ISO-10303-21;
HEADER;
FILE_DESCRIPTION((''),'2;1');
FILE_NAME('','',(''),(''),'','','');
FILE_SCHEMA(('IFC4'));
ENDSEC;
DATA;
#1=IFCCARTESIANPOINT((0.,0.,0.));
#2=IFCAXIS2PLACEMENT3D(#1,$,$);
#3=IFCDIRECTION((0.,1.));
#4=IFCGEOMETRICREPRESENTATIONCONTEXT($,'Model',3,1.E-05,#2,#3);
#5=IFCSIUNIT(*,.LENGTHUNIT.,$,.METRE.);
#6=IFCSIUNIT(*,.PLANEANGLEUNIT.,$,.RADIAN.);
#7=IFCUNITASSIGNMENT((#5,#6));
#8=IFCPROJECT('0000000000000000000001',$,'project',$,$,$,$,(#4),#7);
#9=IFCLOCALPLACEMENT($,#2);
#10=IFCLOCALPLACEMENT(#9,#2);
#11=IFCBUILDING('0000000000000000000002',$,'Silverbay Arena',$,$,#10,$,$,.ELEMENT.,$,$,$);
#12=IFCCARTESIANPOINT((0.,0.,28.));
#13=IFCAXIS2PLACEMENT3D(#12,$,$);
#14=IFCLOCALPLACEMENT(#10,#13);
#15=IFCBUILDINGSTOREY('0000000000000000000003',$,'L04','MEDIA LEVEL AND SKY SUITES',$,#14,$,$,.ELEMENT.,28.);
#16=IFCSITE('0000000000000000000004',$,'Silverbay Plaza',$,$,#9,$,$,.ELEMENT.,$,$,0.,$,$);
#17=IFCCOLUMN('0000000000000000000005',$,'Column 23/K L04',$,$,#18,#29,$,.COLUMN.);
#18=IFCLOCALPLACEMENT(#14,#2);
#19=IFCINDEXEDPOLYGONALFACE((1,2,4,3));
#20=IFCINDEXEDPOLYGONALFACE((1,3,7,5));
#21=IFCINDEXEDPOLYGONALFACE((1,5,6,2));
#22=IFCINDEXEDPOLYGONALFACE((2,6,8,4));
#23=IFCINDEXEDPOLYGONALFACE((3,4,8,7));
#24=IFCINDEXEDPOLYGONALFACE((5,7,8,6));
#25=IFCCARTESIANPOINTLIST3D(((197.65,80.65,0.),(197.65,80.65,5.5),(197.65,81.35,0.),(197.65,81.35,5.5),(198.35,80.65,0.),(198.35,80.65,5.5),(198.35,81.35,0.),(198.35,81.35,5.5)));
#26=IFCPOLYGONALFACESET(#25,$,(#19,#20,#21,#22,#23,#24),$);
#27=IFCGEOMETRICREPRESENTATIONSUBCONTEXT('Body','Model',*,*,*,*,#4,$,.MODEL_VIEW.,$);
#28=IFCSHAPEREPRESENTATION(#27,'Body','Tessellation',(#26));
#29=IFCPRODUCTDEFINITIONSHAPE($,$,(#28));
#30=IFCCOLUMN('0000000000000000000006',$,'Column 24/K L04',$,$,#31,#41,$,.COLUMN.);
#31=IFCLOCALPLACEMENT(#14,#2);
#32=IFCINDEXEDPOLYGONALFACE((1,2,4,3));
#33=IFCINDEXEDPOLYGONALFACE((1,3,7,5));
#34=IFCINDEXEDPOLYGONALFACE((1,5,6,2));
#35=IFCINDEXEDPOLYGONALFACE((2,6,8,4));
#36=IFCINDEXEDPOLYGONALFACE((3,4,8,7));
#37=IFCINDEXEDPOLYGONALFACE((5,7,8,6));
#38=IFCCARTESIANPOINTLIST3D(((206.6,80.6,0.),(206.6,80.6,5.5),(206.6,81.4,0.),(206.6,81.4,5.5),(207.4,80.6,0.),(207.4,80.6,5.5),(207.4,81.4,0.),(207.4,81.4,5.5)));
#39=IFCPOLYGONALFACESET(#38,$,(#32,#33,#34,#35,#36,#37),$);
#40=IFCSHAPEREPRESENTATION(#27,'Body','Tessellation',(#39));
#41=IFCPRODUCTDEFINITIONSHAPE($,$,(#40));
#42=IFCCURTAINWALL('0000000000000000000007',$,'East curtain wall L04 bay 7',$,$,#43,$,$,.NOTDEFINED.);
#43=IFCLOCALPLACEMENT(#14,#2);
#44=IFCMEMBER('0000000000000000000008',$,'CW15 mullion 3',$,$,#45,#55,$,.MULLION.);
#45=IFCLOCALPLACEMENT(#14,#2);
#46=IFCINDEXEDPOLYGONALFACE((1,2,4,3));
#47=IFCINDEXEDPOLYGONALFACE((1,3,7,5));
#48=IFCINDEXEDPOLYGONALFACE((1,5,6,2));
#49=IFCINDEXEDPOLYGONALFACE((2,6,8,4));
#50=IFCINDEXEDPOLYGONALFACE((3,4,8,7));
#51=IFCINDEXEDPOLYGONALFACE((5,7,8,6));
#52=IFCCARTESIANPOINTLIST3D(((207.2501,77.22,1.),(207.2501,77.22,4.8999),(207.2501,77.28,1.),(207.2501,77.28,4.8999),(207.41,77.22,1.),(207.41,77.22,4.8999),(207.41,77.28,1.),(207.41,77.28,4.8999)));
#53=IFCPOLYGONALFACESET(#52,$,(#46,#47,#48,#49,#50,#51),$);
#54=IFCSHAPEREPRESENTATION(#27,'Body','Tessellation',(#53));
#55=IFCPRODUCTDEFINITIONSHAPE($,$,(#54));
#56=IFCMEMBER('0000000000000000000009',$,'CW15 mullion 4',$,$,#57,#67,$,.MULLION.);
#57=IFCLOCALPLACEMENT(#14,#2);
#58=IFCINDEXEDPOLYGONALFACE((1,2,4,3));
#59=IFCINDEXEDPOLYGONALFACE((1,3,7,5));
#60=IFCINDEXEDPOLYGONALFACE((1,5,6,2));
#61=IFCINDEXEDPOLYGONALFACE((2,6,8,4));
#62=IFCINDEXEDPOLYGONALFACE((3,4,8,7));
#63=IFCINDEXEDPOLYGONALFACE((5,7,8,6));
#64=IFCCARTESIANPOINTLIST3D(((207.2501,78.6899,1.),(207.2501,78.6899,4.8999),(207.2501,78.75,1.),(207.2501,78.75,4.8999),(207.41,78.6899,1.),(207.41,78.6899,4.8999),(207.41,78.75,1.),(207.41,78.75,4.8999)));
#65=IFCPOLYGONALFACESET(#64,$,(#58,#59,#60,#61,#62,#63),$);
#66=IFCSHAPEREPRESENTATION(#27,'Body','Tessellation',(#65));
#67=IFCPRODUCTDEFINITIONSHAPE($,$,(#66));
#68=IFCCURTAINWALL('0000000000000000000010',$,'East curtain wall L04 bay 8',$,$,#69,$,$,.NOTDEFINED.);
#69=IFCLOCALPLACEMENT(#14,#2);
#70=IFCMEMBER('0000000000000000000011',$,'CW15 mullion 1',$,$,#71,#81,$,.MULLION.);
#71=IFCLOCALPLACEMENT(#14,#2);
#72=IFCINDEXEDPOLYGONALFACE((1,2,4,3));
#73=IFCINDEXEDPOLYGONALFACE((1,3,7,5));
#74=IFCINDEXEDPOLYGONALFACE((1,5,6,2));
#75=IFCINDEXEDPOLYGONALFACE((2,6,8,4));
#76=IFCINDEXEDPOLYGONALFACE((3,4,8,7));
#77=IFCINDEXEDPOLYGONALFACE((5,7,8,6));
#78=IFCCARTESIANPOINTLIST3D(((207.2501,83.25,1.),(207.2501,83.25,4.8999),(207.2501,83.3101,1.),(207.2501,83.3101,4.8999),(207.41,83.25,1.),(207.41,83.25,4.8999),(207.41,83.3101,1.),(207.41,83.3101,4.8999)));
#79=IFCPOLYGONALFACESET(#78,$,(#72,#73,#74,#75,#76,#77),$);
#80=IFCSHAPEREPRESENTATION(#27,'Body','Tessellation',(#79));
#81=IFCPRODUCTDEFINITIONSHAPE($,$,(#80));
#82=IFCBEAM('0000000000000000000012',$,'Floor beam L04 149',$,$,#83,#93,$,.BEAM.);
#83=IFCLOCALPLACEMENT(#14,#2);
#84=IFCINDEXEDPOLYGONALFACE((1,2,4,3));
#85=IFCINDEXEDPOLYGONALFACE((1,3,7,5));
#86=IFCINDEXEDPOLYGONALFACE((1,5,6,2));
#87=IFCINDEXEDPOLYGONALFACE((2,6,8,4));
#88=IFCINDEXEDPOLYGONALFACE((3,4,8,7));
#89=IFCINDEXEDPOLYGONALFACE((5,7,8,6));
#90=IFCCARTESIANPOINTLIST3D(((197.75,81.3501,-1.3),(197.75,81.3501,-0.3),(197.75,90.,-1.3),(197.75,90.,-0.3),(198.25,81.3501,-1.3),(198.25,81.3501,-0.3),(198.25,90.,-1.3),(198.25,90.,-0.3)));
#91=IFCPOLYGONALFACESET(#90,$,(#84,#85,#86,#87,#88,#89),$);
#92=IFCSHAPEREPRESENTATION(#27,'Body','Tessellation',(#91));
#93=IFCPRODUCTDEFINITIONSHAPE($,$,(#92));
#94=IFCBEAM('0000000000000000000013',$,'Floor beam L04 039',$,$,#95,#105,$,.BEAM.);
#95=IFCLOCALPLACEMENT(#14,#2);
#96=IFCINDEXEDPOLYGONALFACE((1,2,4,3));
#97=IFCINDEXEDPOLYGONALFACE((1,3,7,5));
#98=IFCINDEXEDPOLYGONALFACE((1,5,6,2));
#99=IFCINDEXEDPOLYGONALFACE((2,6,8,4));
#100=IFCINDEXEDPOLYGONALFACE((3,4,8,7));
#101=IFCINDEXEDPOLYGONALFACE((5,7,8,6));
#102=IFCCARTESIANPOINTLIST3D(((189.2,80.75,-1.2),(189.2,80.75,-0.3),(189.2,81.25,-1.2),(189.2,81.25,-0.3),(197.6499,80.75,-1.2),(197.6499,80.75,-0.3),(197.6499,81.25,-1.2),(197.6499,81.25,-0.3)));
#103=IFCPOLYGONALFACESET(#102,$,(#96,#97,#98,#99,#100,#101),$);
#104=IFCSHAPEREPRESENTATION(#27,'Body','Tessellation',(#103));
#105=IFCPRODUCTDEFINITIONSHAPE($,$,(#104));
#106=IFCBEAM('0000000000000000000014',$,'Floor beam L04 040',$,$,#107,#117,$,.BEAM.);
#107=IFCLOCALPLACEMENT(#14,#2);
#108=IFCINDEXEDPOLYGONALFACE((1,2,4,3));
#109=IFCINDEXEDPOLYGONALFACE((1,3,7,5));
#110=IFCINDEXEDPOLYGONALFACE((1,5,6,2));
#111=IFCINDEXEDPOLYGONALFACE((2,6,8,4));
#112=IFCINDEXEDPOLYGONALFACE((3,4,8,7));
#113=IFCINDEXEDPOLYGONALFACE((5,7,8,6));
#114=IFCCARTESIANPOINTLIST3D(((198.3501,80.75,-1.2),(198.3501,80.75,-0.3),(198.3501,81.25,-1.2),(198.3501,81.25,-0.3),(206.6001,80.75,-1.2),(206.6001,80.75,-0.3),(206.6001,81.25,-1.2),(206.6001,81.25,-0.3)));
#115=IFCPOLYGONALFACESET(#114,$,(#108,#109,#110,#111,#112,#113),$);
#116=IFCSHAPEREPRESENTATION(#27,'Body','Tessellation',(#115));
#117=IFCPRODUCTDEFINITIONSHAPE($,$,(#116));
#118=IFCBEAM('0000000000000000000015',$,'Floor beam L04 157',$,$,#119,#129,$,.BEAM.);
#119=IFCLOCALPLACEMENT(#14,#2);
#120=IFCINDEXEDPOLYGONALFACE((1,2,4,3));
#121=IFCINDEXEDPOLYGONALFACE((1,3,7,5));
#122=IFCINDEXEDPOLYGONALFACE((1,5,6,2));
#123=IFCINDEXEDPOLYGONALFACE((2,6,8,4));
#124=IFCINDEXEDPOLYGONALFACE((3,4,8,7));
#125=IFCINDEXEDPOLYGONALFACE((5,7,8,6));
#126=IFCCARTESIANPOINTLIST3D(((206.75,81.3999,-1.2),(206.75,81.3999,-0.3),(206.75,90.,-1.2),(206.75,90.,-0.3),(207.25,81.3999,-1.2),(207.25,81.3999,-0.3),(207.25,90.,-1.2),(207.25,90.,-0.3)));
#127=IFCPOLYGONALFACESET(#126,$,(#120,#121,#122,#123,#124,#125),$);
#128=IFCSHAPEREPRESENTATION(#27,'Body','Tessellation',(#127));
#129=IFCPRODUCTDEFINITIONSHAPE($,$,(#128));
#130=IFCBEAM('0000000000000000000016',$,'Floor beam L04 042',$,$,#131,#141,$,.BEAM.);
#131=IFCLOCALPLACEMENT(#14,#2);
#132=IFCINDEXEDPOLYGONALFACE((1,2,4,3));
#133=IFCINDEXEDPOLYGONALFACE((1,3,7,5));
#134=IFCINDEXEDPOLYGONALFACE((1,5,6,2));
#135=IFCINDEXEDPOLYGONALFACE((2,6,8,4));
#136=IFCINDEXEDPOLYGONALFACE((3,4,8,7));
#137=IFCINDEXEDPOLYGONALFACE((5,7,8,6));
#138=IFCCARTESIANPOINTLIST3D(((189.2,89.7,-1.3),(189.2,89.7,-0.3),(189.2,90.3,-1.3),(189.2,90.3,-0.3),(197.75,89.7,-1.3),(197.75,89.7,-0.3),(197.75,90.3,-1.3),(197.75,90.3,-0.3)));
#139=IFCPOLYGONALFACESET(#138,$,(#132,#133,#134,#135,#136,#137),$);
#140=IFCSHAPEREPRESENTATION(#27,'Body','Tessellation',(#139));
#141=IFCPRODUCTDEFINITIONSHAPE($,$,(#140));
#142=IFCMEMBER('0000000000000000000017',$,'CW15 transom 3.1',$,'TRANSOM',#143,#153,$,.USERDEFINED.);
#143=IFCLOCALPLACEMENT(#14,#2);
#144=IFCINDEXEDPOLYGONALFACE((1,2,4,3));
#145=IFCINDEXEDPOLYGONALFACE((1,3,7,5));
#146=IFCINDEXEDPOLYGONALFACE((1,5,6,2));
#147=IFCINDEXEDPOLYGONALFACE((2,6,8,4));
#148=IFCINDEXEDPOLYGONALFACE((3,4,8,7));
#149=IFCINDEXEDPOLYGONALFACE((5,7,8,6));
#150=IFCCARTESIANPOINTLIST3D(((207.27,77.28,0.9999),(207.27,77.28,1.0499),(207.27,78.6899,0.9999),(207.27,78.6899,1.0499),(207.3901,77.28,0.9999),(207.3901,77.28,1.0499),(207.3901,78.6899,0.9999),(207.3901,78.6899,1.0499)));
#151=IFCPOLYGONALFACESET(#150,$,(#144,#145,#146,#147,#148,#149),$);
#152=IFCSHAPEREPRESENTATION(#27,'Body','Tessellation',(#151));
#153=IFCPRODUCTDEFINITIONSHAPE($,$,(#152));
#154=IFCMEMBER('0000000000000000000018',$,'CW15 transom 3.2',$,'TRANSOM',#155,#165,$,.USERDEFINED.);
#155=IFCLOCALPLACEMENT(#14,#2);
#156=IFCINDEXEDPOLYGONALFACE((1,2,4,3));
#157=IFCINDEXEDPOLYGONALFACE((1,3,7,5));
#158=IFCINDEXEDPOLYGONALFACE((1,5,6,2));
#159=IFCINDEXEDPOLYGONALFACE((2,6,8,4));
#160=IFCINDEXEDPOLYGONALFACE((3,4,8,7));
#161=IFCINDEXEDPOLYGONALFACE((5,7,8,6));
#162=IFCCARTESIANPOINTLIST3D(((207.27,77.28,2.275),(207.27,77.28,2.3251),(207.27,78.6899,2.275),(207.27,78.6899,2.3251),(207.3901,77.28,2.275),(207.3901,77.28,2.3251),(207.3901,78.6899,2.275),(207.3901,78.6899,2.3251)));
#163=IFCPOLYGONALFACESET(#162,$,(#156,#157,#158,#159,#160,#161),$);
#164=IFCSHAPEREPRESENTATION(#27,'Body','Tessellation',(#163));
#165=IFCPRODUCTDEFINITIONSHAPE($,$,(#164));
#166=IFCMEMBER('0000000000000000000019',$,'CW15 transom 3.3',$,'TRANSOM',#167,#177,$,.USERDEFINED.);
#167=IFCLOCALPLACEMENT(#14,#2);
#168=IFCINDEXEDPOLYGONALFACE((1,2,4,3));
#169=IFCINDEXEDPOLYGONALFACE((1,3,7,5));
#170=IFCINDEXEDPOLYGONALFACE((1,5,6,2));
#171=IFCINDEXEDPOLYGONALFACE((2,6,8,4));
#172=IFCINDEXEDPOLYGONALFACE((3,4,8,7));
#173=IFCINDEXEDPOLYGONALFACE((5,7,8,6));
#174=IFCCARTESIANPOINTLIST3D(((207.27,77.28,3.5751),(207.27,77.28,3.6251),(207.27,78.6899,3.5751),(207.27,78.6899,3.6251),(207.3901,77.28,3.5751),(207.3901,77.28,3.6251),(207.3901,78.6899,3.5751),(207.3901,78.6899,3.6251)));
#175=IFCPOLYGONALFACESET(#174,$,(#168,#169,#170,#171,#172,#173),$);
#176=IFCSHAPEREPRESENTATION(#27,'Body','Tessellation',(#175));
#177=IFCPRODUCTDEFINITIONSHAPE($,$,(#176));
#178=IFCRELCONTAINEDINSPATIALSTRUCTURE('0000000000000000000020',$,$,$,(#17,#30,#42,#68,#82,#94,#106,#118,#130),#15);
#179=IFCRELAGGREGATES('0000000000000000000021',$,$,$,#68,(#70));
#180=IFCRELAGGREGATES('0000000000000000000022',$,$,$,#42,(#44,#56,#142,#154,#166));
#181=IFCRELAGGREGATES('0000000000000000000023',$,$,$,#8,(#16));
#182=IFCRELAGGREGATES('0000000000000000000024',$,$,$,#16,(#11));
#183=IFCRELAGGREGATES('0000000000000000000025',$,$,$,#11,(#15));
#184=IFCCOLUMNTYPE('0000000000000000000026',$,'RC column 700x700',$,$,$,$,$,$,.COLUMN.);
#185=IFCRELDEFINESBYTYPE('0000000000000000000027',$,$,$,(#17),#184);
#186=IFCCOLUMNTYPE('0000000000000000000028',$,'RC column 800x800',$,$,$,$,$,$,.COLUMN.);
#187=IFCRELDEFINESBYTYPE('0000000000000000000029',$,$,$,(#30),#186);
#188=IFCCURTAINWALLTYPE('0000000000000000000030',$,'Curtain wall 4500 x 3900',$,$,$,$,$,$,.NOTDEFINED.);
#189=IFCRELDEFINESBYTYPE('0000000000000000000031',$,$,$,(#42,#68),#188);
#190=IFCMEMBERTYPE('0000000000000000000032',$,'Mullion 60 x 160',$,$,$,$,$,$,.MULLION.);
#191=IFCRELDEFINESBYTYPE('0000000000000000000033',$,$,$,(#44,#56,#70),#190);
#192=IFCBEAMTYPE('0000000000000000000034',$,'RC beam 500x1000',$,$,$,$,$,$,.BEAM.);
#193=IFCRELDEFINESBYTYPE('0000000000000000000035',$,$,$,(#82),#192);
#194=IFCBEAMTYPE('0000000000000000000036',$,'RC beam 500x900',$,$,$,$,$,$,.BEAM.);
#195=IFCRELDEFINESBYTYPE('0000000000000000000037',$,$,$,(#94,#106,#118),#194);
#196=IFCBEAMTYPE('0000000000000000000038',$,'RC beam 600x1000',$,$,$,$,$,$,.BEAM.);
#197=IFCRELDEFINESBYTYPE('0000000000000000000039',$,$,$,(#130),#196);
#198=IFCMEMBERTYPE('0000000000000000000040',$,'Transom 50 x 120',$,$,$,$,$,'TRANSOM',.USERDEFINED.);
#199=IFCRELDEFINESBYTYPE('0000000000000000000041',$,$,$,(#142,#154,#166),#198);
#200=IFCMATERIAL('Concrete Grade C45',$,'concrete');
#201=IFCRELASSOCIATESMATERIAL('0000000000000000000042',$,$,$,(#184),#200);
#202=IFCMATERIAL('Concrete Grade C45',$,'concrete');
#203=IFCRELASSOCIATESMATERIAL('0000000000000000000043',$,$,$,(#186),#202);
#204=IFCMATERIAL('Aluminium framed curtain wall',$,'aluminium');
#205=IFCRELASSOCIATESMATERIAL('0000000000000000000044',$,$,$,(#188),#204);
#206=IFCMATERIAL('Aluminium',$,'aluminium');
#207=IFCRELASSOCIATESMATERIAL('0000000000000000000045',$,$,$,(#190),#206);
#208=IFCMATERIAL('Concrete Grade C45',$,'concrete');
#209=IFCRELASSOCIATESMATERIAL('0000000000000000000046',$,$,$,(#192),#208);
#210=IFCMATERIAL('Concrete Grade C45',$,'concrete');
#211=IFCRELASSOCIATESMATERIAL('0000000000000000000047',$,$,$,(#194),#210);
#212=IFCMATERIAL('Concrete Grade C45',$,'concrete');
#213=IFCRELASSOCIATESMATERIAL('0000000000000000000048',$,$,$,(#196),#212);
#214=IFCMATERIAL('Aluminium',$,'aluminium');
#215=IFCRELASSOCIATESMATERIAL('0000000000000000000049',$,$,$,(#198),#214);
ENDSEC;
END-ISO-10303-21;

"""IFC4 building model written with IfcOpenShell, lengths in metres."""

from ifc_helpers import new_model, si_unit, direction, frame, origin, origin_2d, place, context, subcontext, project, spatial, rectangle, extrude, material, material_profile, profile_set, type_object, element, aggregate, save


model = new_model("IFC4")

# Units and contexts
model_context = context("Model", 3, precision=1e-05, world=origin(), true_north=direction((0.0, 1.0)))
body_context = subcontext(model_context, "Body", "Model", "MODEL_VIEW")
ifc_project = project(units=[si_unit("LENGTHUNIT", "METRE"), si_unit("PLANEANGLEUNIT", "RADIAN")], contexts=[model_context])

# Site, building, storey
site_placement = place(None, origin())
site = spatial("IfcSite", under=ifc_project, at=site_placement, Name="Silverbay Plaza", CompositionType="ELEMENT", RefElevation=0.0)
building_placement = place(site_placement, origin())
building = spatial("IfcBuilding", under=site, at=building_placement, Name="Silverbay Arena", CompositionType="ELEMENT")
storey_placement = place(building_placement, frame((0.0, 0.0, 28.0)))
storey = spatial("IfcBuildingStorey", under=building, at=storey_placement, Name="L04", Description="MEDIA LEVEL AND SKY SUITES", CompositionType="ELEMENT", Elevation=28.0)

# Columns
ifc_material_1 = material(Name="Concrete Grade C45", Category="concrete")
ifc_material_profile_1 = material_profile(ifc_material_1, rectangle(XDim=0.7, YDim=0.7, at=origin_2d()), Name="RC 700x700")
ifc_profile_set_1 = profile_set([ifc_material_profile_1], Name="Concrete Grade C45")
column_type_1 = type_object("IfcColumnType", Name="RC column 700x700", PredefinedType="COLUMN", material=ifc_profile_set_1)
column_1_placement = place(storey_placement, frame((198.0, 81.0, 0.0), z_axis=(0.0, 0.0, 1.0), x_axis=(1.0, 0.0, 0.0)))
element("IfcColumn", 1, at=column_1_placement, inside=storey, type_object=column_type_1, Name="Column 23/K L04", PredefinedType="COLUMN", context=body_context, shape_type="SweptSolid", body=[
    extrude(rectangle(XDim=0.7, YDim=0.7, at=origin_2d()), origin(), (0.0, 0.0, 1.0), 5.5),
])
ifc_material_2 = material(Name="Concrete Grade C45", Category="concrete")
ifc_material_profile_2 = material_profile(ifc_material_2, rectangle(XDim=0.8, YDim=0.8, at=origin_2d()), Name="RC 800x800")
ifc_profile_set_2 = profile_set([ifc_material_profile_2], Name="Concrete Grade C45")
column_type_2 = type_object("IfcColumnType", Name="RC column 800x800", PredefinedType="COLUMN", material=ifc_profile_set_2)
column_2_placement = place(storey_placement, frame((207.0, 81.0, 0.0), z_axis=(0.0, 0.0, 1.0), x_axis=(1.0, 0.0, 0.0)))
element("IfcColumn", 2, at=column_2_placement, inside=storey, type_object=column_type_2, Name="Column 24/K L04", PredefinedType="COLUMN", context=body_context, shape_type="SweptSolid", body=[
    extrude(rectangle(XDim=0.8, YDim=0.8, at=origin_2d()), origin(), (0.0, 0.0, 1.0), 5.5),
])

# Curtain wall, members
ifc_material_3 = material(Name="Aluminium framed curtain wall", Category="aluminium")
curtain_wall_type = type_object("IfcCurtainWallType", Name="Curtain wall 4500 x 3900", PredefinedType="NOTDEFINED", material=ifc_material_3)
curtain_wall_1_placement = place(storey_placement, origin())
curtain_wall_1 = element("IfcCurtainWall", 3, at=curtain_wall_1_placement, inside=storey, type_object=curtain_wall_type, Name="East curtain wall L04 bay 7", PredefinedType="NOTDEFINED")
ifc_material_4 = material(Name="Aluminium", Category="aluminium")
ifc_material_profile_3 = material_profile(ifc_material_4, rectangle(XDim=0.1599, YDim=0.0601, at=origin_2d()), Name="Mullion 60 x 160")
ifc_profile_set_3 = profile_set([ifc_material_profile_3], Name="Aluminium")
member_type_1 = type_object("IfcMemberType", Name="Mullion 60 x 160", PredefinedType="MULLION", material=ifc_profile_set_3)
member_1_placement = place(storey_placement, frame((207.3301, 77.25, 1.0), z_axis=(0.0, 0.0, 1.0), x_axis=(-1.0, 0.0, 0.0)))
member_1 = element("IfcMember", 4, at=member_1_placement, type_object=member_type_1, Name="CW15 mullion 3", PredefinedType="MULLION", context=body_context, shape_type="SweptSolid", body=[
    extrude(rectangle(XDim=0.1599, YDim=0.0601, at=origin_2d()), origin(), (0.0, 0.0, 1.0), 3.8999),
])
member_2_placement = place(storey_placement, frame((207.3301, 78.72, 1.0), z_axis=(0.0, 0.0, 1.0), x_axis=(-1.0, 0.0, 0.0)))
member_2 = element("IfcMember", 5, at=member_2_placement, type_object=member_type_1, Name="CW15 mullion 4", PredefinedType="MULLION", context=body_context, shape_type="SweptSolid", body=[
    extrude(rectangle(XDim=0.1599, YDim=0.0601, at=origin_2d()), origin(), (0.0, 0.0, 1.0), 3.8999),
])

# Curtain wall, member
curtain_wall_2_placement = place(storey_placement, origin())
curtain_wall_2 = element("IfcCurtainWall", 6, at=curtain_wall_2_placement, inside=storey, type_object=curtain_wall_type, Name="East curtain wall L04 bay 8", PredefinedType="NOTDEFINED")
member_3_placement = place(storey_placement, frame((207.3301, 83.28, 1.0), z_axis=(0.0, 0.0, 1.0), x_axis=(-1.0, 0.0, 0.0)))
member_3 = element("IfcMember", 7, at=member_3_placement, type_object=member_type_1, Name="CW15 mullion 1", PredefinedType="MULLION", context=body_context, shape_type="SweptSolid", body=[
    extrude(rectangle(XDim=0.1599, YDim=0.0601, at=origin_2d()), origin(), (0.0, 0.0, 1.0), 3.8999),
])

# Beams
ifc_material_5 = material(Name="Concrete Grade C45", Category="concrete")
ifc_material_profile_4 = material_profile(ifc_material_5, rectangle(XDim=0.5, YDim=1.0, at=origin_2d()), Name="RC 500x1000")
ifc_profile_set_4 = profile_set([ifc_material_profile_4], Name="Concrete Grade C45")
beam_type_1 = type_object("IfcBeamType", Name="RC beam 500x1000", PredefinedType="BEAM", material=ifc_profile_set_4)
beam_1_placement = place(storey_placement, frame((198.0, 81.3501, -0.8), z_axis=(0.0, 1.0, 0.0), x_axis=(-1.0, 0.0, 0.0)))
element("IfcBeam", 8, at=beam_1_placement, inside=storey, type_object=beam_type_1, Name="Floor beam L04 149", PredefinedType="BEAM", context=body_context, shape_type="SweptSolid", body=[
    extrude(rectangle(XDim=0.5, YDim=1.0, at=origin_2d()), origin(), (0.0, 0.0, 1.0), 8.6499),
])
ifc_material_6 = material(Name="Concrete Grade C45", Category="concrete")
ifc_material_profile_5 = material_profile(ifc_material_6, rectangle(XDim=0.5, YDim=0.8999, at=origin_2d()), Name="RC 500x900")
ifc_profile_set_5 = profile_set([ifc_material_profile_5], Name="Concrete Grade C45")
beam_type_2 = type_object("IfcBeamType", Name="RC beam 500x900", PredefinedType="BEAM", material=ifc_profile_set_5)
beam_2_placement = place(storey_placement, frame((189.2, 81.0, -0.75), z_axis=(1.0, 0.0, 0.0), x_axis=(0.0, 1.0, 0.0)))
element("IfcBeam", 9, at=beam_2_placement, inside=storey, type_object=beam_type_2, Name="Floor beam L04 039", PredefinedType="BEAM", context=body_context, shape_type="SweptSolid", body=[
    extrude(rectangle(XDim=0.5, YDim=0.8999, at=origin_2d()), origin(), (0.0, 0.0, 1.0), 8.45),
])
beam_3_placement = place(storey_placement, frame((198.3501, 81.0, -0.75), z_axis=(1.0, 0.0, 0.0), x_axis=(0.0, 1.0, 0.0)))
element("IfcBeam", 10, at=beam_3_placement, inside=storey, type_object=beam_type_2, Name="Floor beam L04 040", PredefinedType="BEAM", context=body_context, shape_type="SweptSolid", body=[
    extrude(rectangle(XDim=0.5, YDim=0.8999, at=origin_2d()), origin(), (0.0, 0.0, 1.0), 8.25),
])
beam_4_placement = place(storey_placement, frame((207.0, 81.3999, -0.75), z_axis=(0.0, 1.0, 0.0), x_axis=(-1.0, 0.0, 0.0)))
element("IfcBeam", 11, at=beam_4_placement, inside=storey, type_object=beam_type_2, Name="Floor beam L04 157", PredefinedType="BEAM", context=body_context, shape_type="SweptSolid", body=[
    extrude(rectangle(XDim=0.5, YDim=0.8999, at=origin_2d()), origin(), (0.0, 0.0, 1.0), 8.6001),
])
ifc_material_7 = material(Name="Concrete Grade C45", Category="concrete")
ifc_material_profile_6 = material_profile(ifc_material_7, rectangle(XDim=0.6001, YDim=1.0, at=origin_2d()), Name="RC 600x1000")
ifc_profile_set_6 = profile_set([ifc_material_profile_6], Name="Concrete Grade C45")
beam_type_3 = type_object("IfcBeamType", Name="RC beam 600x1000", PredefinedType="BEAM", material=ifc_profile_set_6)
beam_5_placement = place(storey_placement, frame((189.2, 90.0, -0.8), z_axis=(1.0, 0.0, 0.0), x_axis=(0.0, 1.0, 0.0)))
element("IfcBeam", 12, at=beam_5_placement, inside=storey, type_object=beam_type_3, Name="Floor beam L04 042", PredefinedType="BEAM", context=body_context, shape_type="SweptSolid", body=[
    extrude(rectangle(XDim=0.6001, YDim=1.0, at=origin_2d()), origin(), (0.0, 0.0, 1.0), 8.55),
])

# Members
ifc_material_8 = material(Name="Aluminium", Category="aluminium")
ifc_material_profile_7 = material_profile(ifc_material_8, rectangle(XDim=0.1201, YDim=0.05, at=origin_2d()), Name="Transom 50 x 120")
ifc_profile_set_7 = profile_set([ifc_material_profile_7], Name="Aluminium")
member_type_2 = type_object("IfcMemberType", Name="Transom 50 x 120", ElementType="TRANSOM", PredefinedType="USERDEFINED", material=ifc_profile_set_7)
member_4_placement = place(storey_placement, frame((207.3301, 77.28, 1.0249), z_axis=(0.0, 1.0, 0.0), x_axis=(-1.0, 0.0, 0.0)))
member_4 = element("IfcMember", 13, at=member_4_placement, type_object=member_type_2, Name="CW15 transom 3.1", ObjectType="TRANSOM", PredefinedType="USERDEFINED", context=body_context, shape_type="SweptSolid", body=[
    extrude(rectangle(XDim=0.1201, YDim=0.05, at=origin_2d()), origin(), (0.0, 0.0, 1.0), 1.4099),
])
member_5_placement = place(storey_placement, frame((207.3301, 77.28, 2.3), z_axis=(0.0, 1.0, 0.0), x_axis=(-1.0, 0.0, 0.0)))
member_5 = element("IfcMember", 14, at=member_5_placement, type_object=member_type_2, Name="CW15 transom 3.2", ObjectType="TRANSOM", PredefinedType="USERDEFINED", context=body_context, shape_type="SweptSolid", body=[
    extrude(rectangle(XDim=0.1201, YDim=0.05, at=origin_2d()), origin(), (0.0, 0.0, 1.0), 1.4099),
])
member_6_placement = place(storey_placement, frame((207.3301, 77.28, 3.6001), z_axis=(0.0, 1.0, 0.0), x_axis=(-1.0, 0.0, 0.0)))
member_6 = element("IfcMember", 15, at=member_6_placement, type_object=member_type_2, Name="CW15 transom 3.3", ObjectType="TRANSOM", PredefinedType="USERDEFINED", context=body_context, shape_type="SweptSolid", body=[
    extrude(rectangle(XDim=0.1201, YDim=0.05, at=origin_2d()), origin(), (0.0, 0.0, 1.0), 1.4099),
])
aggregate(curtain_wall_2, [member_3])

aggregate(curtain_wall_1, [member_1, member_2, member_4, member_5, member_6])

save(model, "model.ifc")
